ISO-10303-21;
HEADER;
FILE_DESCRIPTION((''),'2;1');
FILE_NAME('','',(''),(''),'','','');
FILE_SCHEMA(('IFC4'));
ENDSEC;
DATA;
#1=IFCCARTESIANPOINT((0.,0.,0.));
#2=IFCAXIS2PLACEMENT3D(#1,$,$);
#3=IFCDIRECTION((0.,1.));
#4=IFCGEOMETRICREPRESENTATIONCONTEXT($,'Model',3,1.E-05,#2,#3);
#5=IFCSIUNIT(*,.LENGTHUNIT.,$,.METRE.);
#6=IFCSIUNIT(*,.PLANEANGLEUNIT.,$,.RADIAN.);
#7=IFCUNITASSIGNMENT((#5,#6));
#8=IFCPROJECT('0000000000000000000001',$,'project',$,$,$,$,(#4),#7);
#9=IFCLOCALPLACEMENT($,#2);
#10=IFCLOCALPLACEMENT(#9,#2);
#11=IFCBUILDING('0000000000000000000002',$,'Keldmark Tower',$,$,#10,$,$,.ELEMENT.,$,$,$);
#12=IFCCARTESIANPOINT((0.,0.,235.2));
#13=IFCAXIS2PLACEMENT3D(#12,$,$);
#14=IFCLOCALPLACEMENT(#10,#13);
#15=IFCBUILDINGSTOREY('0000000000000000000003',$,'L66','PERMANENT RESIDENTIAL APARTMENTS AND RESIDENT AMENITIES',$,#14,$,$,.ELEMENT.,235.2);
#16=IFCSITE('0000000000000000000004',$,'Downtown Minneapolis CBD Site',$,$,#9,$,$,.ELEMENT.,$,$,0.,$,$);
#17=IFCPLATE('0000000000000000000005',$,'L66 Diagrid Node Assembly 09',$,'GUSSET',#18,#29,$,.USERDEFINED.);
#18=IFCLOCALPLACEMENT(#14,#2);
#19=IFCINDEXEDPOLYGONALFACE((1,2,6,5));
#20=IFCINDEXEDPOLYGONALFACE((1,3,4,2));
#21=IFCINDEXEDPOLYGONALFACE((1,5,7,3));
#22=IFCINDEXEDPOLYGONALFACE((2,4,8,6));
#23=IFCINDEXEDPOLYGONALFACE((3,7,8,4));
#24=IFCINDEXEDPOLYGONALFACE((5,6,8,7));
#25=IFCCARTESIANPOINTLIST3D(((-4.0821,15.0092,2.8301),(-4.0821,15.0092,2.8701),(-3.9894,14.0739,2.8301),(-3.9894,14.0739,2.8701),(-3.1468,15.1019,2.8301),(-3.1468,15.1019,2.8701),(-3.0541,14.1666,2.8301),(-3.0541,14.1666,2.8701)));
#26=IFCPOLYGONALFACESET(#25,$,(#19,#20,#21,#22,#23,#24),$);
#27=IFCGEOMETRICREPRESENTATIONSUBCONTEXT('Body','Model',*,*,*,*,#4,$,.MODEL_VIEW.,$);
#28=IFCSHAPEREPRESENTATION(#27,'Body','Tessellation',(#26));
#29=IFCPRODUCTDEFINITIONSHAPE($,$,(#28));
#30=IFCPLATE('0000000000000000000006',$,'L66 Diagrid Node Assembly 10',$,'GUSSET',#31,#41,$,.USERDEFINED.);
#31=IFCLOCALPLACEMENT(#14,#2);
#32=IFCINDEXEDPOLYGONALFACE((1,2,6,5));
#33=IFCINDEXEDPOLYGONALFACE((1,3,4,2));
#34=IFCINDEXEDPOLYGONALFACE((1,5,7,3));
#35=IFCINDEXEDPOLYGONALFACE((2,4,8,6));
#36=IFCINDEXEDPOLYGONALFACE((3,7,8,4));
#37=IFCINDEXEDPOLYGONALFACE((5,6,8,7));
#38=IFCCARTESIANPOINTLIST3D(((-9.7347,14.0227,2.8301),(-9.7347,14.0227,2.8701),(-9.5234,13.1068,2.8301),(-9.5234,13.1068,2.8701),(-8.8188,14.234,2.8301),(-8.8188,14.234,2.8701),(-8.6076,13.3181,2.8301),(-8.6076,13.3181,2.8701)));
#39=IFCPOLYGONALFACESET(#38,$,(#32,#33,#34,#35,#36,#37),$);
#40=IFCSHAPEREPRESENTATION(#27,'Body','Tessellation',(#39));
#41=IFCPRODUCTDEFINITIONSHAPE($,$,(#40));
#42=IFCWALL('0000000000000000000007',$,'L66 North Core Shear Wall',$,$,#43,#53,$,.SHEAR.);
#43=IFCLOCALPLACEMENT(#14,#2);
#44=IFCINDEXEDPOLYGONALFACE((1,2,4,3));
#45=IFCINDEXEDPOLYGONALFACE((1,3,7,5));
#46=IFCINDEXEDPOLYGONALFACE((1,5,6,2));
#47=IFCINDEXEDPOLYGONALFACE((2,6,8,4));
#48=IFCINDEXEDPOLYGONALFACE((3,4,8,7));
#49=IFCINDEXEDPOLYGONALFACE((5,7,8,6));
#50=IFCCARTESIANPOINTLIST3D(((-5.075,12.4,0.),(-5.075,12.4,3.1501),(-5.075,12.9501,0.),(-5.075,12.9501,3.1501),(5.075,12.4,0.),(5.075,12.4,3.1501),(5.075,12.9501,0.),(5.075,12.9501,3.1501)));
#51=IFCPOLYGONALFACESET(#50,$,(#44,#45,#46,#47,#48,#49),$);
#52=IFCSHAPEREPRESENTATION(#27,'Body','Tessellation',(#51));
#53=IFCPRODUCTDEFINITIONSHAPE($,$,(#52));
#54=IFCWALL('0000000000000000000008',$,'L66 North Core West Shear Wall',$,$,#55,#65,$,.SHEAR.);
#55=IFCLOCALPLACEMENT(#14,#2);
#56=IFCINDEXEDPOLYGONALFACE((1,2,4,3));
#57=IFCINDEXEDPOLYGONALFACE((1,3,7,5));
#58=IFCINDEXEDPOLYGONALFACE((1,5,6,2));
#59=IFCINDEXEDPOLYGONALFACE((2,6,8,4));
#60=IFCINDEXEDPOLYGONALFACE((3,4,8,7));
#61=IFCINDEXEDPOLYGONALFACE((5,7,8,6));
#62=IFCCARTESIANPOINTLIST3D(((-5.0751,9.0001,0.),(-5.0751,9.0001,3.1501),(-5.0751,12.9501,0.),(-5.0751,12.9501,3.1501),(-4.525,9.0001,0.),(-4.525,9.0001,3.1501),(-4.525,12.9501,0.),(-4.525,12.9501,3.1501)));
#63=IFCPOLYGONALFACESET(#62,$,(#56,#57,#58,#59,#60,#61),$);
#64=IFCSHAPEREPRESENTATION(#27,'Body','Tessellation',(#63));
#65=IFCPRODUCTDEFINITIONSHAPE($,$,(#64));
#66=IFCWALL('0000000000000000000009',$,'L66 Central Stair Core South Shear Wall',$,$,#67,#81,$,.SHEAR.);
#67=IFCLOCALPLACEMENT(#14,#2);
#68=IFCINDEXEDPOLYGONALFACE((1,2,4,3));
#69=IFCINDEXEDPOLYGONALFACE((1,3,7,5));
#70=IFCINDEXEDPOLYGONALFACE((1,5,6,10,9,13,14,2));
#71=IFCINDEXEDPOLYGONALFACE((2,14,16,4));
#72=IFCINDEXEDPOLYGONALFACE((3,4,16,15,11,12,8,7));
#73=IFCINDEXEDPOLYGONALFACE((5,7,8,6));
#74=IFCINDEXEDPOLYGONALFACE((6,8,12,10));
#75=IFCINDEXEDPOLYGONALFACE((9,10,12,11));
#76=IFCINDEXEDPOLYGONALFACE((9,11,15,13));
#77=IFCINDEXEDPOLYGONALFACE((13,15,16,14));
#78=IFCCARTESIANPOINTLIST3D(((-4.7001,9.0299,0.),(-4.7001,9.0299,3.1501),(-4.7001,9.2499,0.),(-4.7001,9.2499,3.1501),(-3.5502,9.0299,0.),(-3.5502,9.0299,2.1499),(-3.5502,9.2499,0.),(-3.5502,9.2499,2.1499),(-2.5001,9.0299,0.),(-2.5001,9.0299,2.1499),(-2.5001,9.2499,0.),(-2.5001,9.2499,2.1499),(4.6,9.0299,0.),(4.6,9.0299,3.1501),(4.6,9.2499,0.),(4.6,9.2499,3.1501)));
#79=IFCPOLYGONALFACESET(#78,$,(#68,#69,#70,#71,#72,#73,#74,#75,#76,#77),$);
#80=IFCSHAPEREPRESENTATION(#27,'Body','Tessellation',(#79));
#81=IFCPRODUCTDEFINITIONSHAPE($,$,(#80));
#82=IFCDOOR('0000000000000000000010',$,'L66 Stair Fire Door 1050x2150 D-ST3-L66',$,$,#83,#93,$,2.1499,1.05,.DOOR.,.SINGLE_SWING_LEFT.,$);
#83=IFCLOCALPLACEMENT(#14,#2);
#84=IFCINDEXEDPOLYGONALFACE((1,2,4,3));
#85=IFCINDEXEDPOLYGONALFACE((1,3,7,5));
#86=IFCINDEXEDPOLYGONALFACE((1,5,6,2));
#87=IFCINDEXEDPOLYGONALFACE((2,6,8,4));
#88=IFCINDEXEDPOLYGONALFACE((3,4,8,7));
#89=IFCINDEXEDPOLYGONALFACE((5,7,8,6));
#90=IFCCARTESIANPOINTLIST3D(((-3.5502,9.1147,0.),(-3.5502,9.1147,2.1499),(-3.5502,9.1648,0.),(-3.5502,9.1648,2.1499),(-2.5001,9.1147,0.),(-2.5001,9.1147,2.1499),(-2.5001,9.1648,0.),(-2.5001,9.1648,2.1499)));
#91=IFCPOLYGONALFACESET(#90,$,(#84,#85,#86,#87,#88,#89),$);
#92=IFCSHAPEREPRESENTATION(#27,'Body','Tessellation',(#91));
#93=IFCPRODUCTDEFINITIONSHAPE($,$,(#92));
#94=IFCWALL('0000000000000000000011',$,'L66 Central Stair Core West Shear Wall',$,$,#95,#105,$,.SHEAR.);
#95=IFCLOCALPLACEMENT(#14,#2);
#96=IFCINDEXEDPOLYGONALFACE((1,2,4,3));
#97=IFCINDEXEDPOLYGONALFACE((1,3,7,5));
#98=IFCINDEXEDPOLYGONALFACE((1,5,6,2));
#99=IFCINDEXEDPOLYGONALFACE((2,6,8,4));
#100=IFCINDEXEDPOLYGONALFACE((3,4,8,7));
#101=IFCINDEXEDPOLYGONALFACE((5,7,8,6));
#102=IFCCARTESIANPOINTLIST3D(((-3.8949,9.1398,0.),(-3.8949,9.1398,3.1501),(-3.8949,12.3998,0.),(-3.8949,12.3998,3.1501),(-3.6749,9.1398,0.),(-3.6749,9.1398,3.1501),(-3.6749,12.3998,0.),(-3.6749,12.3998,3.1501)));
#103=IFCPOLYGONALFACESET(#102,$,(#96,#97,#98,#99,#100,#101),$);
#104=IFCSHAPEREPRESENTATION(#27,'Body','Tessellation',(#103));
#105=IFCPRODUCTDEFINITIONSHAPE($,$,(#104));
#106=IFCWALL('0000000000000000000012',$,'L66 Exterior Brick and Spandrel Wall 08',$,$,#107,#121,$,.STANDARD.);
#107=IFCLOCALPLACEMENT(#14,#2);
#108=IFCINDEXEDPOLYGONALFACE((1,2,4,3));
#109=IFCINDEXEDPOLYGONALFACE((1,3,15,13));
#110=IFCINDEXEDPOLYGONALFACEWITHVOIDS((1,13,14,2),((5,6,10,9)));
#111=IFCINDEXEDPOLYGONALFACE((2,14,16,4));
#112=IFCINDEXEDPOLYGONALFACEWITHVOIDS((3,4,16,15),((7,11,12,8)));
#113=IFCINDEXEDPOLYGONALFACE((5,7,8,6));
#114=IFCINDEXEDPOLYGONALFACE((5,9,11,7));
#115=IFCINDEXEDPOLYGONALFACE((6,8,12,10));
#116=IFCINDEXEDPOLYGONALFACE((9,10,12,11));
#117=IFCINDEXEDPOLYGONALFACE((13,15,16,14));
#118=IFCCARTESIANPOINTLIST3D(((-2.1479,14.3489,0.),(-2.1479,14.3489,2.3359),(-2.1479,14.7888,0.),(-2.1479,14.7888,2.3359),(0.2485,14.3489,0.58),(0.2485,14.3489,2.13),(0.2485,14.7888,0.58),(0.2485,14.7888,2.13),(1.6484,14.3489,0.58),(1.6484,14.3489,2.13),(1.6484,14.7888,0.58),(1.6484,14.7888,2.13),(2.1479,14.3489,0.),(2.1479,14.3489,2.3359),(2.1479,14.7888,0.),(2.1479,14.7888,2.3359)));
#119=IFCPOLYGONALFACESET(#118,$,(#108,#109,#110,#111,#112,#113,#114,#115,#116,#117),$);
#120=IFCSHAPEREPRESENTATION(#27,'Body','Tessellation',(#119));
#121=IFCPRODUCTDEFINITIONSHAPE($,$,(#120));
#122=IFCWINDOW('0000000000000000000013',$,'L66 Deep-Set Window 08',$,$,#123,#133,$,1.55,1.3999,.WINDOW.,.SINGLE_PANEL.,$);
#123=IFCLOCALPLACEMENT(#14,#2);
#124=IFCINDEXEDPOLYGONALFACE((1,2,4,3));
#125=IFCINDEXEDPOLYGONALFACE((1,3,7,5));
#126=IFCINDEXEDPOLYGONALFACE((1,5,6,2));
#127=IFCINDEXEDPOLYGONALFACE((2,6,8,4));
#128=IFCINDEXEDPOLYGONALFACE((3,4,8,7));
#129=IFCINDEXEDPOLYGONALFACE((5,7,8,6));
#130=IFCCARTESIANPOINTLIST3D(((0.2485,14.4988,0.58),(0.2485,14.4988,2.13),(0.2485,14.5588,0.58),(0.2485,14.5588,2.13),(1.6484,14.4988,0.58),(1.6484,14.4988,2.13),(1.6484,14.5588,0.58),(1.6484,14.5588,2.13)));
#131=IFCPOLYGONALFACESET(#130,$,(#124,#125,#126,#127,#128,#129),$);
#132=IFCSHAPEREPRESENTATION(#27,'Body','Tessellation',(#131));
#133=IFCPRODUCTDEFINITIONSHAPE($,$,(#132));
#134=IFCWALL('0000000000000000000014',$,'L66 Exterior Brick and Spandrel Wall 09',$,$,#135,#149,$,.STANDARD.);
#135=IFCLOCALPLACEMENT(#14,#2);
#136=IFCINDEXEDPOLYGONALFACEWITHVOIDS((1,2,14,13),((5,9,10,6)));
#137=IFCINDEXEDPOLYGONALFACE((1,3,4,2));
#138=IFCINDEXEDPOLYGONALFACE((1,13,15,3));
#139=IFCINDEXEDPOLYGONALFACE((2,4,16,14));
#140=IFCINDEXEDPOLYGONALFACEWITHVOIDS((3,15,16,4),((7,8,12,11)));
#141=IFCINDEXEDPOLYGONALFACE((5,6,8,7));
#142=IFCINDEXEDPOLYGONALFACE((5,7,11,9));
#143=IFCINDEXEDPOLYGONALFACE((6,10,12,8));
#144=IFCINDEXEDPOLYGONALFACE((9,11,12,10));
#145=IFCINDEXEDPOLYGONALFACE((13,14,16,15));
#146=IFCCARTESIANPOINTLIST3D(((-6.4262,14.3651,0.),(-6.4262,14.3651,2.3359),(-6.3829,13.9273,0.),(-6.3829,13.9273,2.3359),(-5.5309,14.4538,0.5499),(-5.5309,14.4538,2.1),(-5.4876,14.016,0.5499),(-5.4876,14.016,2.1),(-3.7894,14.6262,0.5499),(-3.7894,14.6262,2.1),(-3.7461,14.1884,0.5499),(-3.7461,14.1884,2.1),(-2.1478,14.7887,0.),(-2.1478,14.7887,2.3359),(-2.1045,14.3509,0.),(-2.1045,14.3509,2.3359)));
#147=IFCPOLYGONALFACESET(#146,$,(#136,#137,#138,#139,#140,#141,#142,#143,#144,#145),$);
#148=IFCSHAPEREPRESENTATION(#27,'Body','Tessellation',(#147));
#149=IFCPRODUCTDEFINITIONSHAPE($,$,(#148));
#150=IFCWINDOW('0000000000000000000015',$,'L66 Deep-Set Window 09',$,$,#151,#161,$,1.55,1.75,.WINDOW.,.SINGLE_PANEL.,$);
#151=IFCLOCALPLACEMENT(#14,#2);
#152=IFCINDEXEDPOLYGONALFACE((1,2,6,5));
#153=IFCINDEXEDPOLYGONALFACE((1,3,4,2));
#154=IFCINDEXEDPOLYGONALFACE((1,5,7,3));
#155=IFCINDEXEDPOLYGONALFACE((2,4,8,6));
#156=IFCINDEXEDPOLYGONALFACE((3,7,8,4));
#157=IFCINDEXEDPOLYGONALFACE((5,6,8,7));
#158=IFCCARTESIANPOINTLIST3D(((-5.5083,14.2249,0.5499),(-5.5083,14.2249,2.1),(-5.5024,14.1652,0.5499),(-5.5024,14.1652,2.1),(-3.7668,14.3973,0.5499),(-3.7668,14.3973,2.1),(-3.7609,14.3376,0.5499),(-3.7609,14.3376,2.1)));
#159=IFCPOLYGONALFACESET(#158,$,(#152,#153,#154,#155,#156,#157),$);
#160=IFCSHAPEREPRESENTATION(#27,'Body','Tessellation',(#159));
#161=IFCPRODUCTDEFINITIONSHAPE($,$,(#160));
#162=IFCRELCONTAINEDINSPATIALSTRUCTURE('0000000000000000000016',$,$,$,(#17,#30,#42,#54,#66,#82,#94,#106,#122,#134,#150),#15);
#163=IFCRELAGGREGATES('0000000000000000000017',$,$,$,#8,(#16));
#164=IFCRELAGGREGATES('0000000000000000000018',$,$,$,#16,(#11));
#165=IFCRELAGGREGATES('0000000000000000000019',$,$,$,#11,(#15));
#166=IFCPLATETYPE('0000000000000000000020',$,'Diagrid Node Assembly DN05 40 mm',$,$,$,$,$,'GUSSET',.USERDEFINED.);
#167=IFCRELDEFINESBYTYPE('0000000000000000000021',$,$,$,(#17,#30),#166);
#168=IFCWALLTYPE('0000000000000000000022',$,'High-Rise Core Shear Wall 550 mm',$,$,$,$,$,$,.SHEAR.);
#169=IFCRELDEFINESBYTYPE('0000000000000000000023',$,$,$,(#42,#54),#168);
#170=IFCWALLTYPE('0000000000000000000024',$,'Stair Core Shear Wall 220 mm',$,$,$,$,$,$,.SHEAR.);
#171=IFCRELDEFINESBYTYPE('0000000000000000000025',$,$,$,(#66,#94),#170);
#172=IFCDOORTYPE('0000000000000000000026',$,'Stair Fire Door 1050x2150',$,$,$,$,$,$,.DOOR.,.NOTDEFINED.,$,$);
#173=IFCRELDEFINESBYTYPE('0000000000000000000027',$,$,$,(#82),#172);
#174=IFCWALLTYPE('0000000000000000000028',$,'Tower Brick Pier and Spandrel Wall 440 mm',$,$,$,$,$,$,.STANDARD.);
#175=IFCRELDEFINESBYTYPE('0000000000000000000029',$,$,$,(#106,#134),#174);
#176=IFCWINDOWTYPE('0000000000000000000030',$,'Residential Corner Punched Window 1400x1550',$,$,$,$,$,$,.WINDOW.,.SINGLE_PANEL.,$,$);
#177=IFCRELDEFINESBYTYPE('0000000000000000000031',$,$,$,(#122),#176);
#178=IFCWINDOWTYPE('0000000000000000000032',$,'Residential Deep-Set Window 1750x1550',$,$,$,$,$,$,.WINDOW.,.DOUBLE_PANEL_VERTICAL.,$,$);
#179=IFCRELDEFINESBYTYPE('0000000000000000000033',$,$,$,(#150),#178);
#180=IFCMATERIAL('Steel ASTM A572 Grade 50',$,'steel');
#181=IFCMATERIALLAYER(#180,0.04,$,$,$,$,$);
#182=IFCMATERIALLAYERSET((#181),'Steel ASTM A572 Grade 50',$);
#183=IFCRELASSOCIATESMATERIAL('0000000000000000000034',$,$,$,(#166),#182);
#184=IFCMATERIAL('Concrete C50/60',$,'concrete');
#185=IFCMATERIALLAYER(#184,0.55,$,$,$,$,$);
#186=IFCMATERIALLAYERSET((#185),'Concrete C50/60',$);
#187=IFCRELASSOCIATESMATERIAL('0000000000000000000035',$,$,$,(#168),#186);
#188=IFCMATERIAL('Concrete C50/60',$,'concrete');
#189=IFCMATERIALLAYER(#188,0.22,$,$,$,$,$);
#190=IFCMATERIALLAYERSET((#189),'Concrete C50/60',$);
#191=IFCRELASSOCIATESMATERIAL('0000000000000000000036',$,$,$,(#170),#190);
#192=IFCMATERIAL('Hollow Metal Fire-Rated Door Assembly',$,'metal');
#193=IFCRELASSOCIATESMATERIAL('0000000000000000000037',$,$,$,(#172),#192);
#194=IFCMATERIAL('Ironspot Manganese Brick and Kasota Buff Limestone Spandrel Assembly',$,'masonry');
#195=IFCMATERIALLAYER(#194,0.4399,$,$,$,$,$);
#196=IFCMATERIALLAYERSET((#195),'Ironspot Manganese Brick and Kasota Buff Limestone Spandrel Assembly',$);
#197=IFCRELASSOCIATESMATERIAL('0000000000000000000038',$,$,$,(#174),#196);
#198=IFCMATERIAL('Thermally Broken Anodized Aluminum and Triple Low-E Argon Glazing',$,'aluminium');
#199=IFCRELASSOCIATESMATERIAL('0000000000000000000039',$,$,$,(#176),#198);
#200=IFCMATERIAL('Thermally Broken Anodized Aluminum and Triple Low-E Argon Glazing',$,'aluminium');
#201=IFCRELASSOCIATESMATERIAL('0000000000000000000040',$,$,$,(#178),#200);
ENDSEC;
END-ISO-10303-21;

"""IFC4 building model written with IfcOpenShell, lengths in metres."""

from ifc_helpers import new_model, si_unit, direction, frame, frame_2d, origin, origin_2d, place, context, subcontext, project, spatial, rectangle, extrude, material, layer, layer_set, type_object, element, fill, save


model = new_model("IFC4")

# Units and contexts
model_context = context("Model", 3, precision=1e-05, world=origin(), true_north=direction((0.0, 1.0)))
body_context = subcontext(model_context, "Body", "Model", "MODEL_VIEW")
ifc_project = project(units=[si_unit("LENGTHUNIT", "METRE"), si_unit("PLANEANGLEUNIT", "RADIAN")], contexts=[model_context])

# Site, building, storey
site_placement = place(None, origin())
site = spatial("IfcSite", under=ifc_project, at=site_placement, Name="Downtown Minneapolis CBD Site", CompositionType="ELEMENT", RefElevation=0.0)
building_placement = place(site_placement, origin())
building = spatial("IfcBuilding", under=site, at=building_placement, Name="Keldmark Tower", CompositionType="ELEMENT")
storey_placement = place(building_placement, frame((0.0, 0.0, 235.2)))
storey = spatial("IfcBuildingStorey", under=building, at=storey_placement, Name="L66", Description="PERMANENT RESIDENTIAL APARTMENTS AND RESIDENT AMENITIES", CompositionType="ELEMENT", Elevation=235.2)

# Plates
ifc_material_1 = material(Name="Steel ASTM A572 Grade 50", Category="steel")
ifc_layer_1 = layer(ifc_material_1, 0.04)
ifc_layer_set_1 = layer_set([ifc_layer_1], Name="Steel ASTM A572 Grade 50")
plate_type_1 = type_object("IfcPlateType", Name="Diagrid Node Assembly DN05 40 mm", ElementType="GUSSET", PredefinedType="USERDEFINED", material=ifc_layer_set_1)
for number, where, z_axis, x_axis, name in (
    (1, (-3.5681, 14.5879, 2.8301), (0.0, 0.0, 1.0), (-0.995125, -0.098625, 0.0), "L66 Diagrid Node Assembly 09"),
    (2, (-9.1711, 13.6704, 2.8301), (0.0, 0.0, 1.0), (-0.974409, -0.224781, 0.0), "L66 Diagrid Node Assembly 10"),
):
    element("IfcPlate", number, at=place(storey_placement, frame(where, z_axis=z_axis, x_axis=x_axis)), inside=storey, type_object=plate_type_1, Name=name, ObjectType="GUSSET", PredefinedType="USERDEFINED", context=body_context, shape_type="SweptSolid", body=[
        extrude(rectangle(XDim=0.9399, YDim=0.9399, at=origin_2d()), origin(), (0.0, 0.0, 1.0), 0.04),
    ])

# Walls
ifc_material_2 = material(Name="Concrete C50/60", Category="concrete")
ifc_layer_2 = layer(ifc_material_2, 0.55)
ifc_layer_set_2 = layer_set([ifc_layer_2], Name="Concrete C50/60")
wall_type_1 = type_object("IfcWallType", Name="High-Rise Core Shear Wall 550 mm", PredefinedType="SHEAR", material=ifc_layer_set_2)
wall_1_placement = place(storey_placement, frame((-5.075, 12.675, 0.0), z_axis=(0.0, 0.0, 1.0), x_axis=(1.0, 0.0, 0.0)))
element("IfcWall", 3, at=wall_1_placement, inside=storey, type_object=wall_type_1, Name="L66 North Core Shear Wall", PredefinedType="SHEAR", context=body_context, shape_type="SweptSolid", body=[
    extrude(rectangle(XDim=10.1499, YDim=0.55, at=frame_2d((5.075, 0.0))), origin(), (0.0, 0.0, 1.0), 3.1501),
])
wall_2_placement = place(storey_placement, frame((-4.8, 9.0, 0.0), z_axis=(0.0, 0.0, 1.0), x_axis=(0.0, 1.0, 0.0)))
element("IfcWall", 4, at=wall_2_placement, inside=storey, type_object=wall_type_1, Name="L66 North Core West Shear Wall", PredefinedType="SHEAR", context=body_context, shape_type="SweptSolid", body=[
    extrude(rectangle(XDim=3.95, YDim=0.55, at=frame_2d((1.9751, 0.0))), origin(), (0.0, 0.0, 1.0), 3.1501),
])

# Wall, opening, door
ifc_material_3 = material(Name="Concrete C50/60", Category="concrete")
ifc_layer_3 = layer(ifc_material_3, 0.22)
ifc_layer_set_3 = layer_set([ifc_layer_3], Name="Concrete C50/60")
wall_type_2 = type_object("IfcWallType", Name="Stair Core Shear Wall 220 mm", PredefinedType="SHEAR", material=ifc_layer_set_3)
wall_3_placement = place(storey_placement, frame((-4.7, 9.1399, 0.0), z_axis=(0.0, 0.0, 1.0), x_axis=(1.0, 0.0, 0.0)))
wall_3 = element("IfcWall", 5, at=wall_3_placement, inside=storey, type_object=wall_type_2, Name="L66 Central Stair Core South Shear Wall", PredefinedType="SHEAR", context=body_context, shape_type="SweptSolid", body=[
    extrude(rectangle(XDim=9.3, YDim=0.22, at=frame_2d((4.6499, 0.0))), origin(), (0.0, 0.0, 1.0), 3.1501),
])
opening_1_placement = place(wall_3_placement, frame((1.1499, 0.0, 0.0)))
opening_1 = element("IfcOpeningElement", 6, at=opening_1_placement, cuts=wall_3, PredefinedType="OPENING", context=body_context, shape_type="SweptSolid", body=[
    extrude(rectangle(XDim=1.05, YDim=2.1499, at=frame_2d((0.5249, 1.075))), frame((0.0, 0.1199, 0.0), z_axis=(0.0, -1.0, 0.0), x_axis=(1.0, 0.0, 0.0)), (0.0, 0.0, 1.0), 0.24),
])
ifc_material_4 = material(Name="Hollow Metal Fire-Rated Door Assembly", Category="metal")
door_type = type_object("IfcDoorType", Name="Stair Fire Door 1050x2150", OperationType="NOTDEFINED", PredefinedType="DOOR", material=ifc_material_4)
door_placement = place(opening_1_placement, origin())
door = element("IfcDoor", 7, at=door_placement, inside=storey, type_object=door_type, Name="L66 Stair Fire Door 1050x2150 D-ST3-L66", OperationType="SINGLE_SWING_LEFT", OverallHeight=2.1499, OverallWidth=1.05, PredefinedType="DOOR", context=body_context, shape_type="SweptSolid", body=[
    extrude(rectangle(XDim=1.05, YDim=2.1499, at=frame_2d((0.5249, 1.075))), frame((0.0, 0.0249, 0.0), z_axis=(0.0, -1.0, 0.0), x_axis=(1.0, 0.0, 0.0)), (0.0, 0.0, 1.0), 0.05),
])
fill(opening_1, door)

# Wall
wall_4_placement = place(storey_placement, frame((-3.7849, 9.1399, 0.0), z_axis=(0.0, 0.0, 1.0), x_axis=(0.0, 1.0, 0.0)))
element("IfcWall", 8, at=wall_4_placement, inside=storey, type_object=wall_type_2, Name="L66 Central Stair Core West Shear Wall", PredefinedType="SHEAR", context=body_context, shape_type="SweptSolid", body=[
    extrude(rectangle(XDim=3.26, YDim=0.22, at=frame_2d((1.6299, 0.0))), origin(), (0.0, 0.0, 1.0), 3.1501),
])

# Walls, openings, windows
ifc_material_5 = material(Name="Ironspot Manganese Brick and Kasota Buff Limestone Spandrel Assembly", Category="masonry")
ifc_layer_4 = layer(ifc_material_5, 0.4399)
ifc_layer_set_4 = layer_set([ifc_layer_4], Name="Ironspot Manganese Brick and Kasota Buff Limestone Spandrel Assembly")
wall_type_3 = type_object("IfcWallType", Name="Tower Brick Pier and Spandrel Wall 440 mm", PredefinedType="STANDARD", material=ifc_layer_set_4)
wall_5_placement = place(storey_placement, frame((-2.1479, 14.5688, 0.0), z_axis=(0.0, 0.0, 1.0), x_axis=(1.0, 0.0, 0.0)))
wall_5 = element("IfcWall", 9, at=wall_5_placement, inside=storey, type_object=wall_type_3, Name="L66 Exterior Brick and Spandrel Wall 08", PredefinedType="STANDARD", context=body_context, shape_type="SweptSolid", body=[
    extrude(rectangle(XDim=4.2959, YDim=0.4399, at=frame_2d((2.1479, 0.0))), origin(), (0.0, 0.0, 1.0), 2.3359),
])
opening_2_placement = place(wall_5_placement, frame((2.3965, 0.0, 0.5801)))
opening_2 = element("IfcOpeningElement", 10, at=opening_2_placement, cuts=wall_5, PredefinedType="OPENING", context=body_context, shape_type="SweptSolid", body=[
    extrude(rectangle(XDim=1.3999, YDim=1.55, at=frame_2d((0.7, 0.7749))), frame((0.0, 0.23, 0.0), z_axis=(0.0, -1.0, 0.0), x_axis=(1.0, 0.0, 0.0)), (0.0, 0.0, 1.0), 0.46),
])
ifc_material_6 = material(Name="Thermally Broken Anodized Aluminum and Triple Low-E Argon Glazing", Category="aluminium")
window_type_1 = type_object("IfcWindowType", Name="Residential Corner Punched Window 1400x1550", PartitioningType="SINGLE_PANEL", PredefinedType="WINDOW", material=ifc_material_6)
window_1_placement = place(opening_2_placement, origin())
window_1 = element("IfcWindow", 11, at=window_1_placement, inside=storey, type_object=window_type_1, Name="L66 Deep-Set Window 08", OverallHeight=1.55, OverallWidth=1.3999, PartitioningType="SINGLE_PANEL", PredefinedType="WINDOW", context=body_context, shape_type="SweptSolid", body=[
    extrude(rectangle(XDim=1.3999, YDim=1.55, at=frame_2d((0.7, 0.7749))), frame((0.0, -0.01, 0.0), z_axis=(0.0, -1.0, 0.0), x_axis=(1.0, 0.0, 0.0)), (0.0, 0.0, 1.0), 0.0601),
])
fill(opening_2, window_1)
wall_6_placement = place(storey_placement, frame((-6.4045, 14.1462, 0.0), z_axis=(0.0, 0.0, 1.0), x_axis=(0.995135, 0.098525, 0.0)))
wall_6 = element("IfcWall", 12, at=wall_6_placement, inside=storey, type_object=wall_type_3, Name="L66 Exterior Brick and Spandrel Wall 09", PredefinedType="STANDARD", context=body_context, shape_type="SweptSolid", body=[
    extrude(rectangle(XDim=4.2993, YDim=0.4399, at=frame_2d((2.1497, 0.0))), origin(), (0.0, 0.0, 1.0), 2.3359),
])
opening_3_placement = place(wall_6_placement, frame((0.8997, 0.0, 0.55)))
opening_3 = element("IfcOpeningElement", 13, at=opening_3_placement, cuts=wall_6, PredefinedType="OPENING", context=body_context, shape_type="SweptSolid", body=[
    extrude(rectangle(XDim=1.75, YDim=1.55, at=frame_2d((0.875, 0.7749))), frame((0.0, 0.23, 0.0), z_axis=(0.0, -1.0, 0.0), x_axis=(1.0, 0.0, 0.0)), (0.0, 0.0, 1.0), 0.46),
])
ifc_material_7 = material(Name="Thermally Broken Anodized Aluminum and Triple Low-E Argon Glazing", Category="aluminium")
window_type_2 = type_object("IfcWindowType", Name="Residential Deep-Set Window 1750x1550", PartitioningType="DOUBLE_PANEL_VERTICAL", PredefinedType="WINDOW", material=ifc_material_7)
window_2_placement = place(opening_3_placement, origin())
window_2 = element("IfcWindow", 14, at=window_2_placement, inside=storey, type_object=window_type_2, Name="L66 Deep-Set Window 09", OverallHeight=1.55, OverallWidth=1.75, PartitioningType="SINGLE_PANEL", PredefinedType="WINDOW", context=body_context, shape_type="SweptSolid", body=[
    extrude(rectangle(XDim=1.75, YDim=1.55, at=frame_2d((0.875, 0.7749))), frame((0.0, -0.01, 0.0), z_axis=(0.0, -1.0, 0.0), x_axis=(1.0, 0.0, 0.0)), (0.0, 0.0, 1.0), 0.0601),
])
fill(opening_3, window_2)

save(model, "model.ifc")
